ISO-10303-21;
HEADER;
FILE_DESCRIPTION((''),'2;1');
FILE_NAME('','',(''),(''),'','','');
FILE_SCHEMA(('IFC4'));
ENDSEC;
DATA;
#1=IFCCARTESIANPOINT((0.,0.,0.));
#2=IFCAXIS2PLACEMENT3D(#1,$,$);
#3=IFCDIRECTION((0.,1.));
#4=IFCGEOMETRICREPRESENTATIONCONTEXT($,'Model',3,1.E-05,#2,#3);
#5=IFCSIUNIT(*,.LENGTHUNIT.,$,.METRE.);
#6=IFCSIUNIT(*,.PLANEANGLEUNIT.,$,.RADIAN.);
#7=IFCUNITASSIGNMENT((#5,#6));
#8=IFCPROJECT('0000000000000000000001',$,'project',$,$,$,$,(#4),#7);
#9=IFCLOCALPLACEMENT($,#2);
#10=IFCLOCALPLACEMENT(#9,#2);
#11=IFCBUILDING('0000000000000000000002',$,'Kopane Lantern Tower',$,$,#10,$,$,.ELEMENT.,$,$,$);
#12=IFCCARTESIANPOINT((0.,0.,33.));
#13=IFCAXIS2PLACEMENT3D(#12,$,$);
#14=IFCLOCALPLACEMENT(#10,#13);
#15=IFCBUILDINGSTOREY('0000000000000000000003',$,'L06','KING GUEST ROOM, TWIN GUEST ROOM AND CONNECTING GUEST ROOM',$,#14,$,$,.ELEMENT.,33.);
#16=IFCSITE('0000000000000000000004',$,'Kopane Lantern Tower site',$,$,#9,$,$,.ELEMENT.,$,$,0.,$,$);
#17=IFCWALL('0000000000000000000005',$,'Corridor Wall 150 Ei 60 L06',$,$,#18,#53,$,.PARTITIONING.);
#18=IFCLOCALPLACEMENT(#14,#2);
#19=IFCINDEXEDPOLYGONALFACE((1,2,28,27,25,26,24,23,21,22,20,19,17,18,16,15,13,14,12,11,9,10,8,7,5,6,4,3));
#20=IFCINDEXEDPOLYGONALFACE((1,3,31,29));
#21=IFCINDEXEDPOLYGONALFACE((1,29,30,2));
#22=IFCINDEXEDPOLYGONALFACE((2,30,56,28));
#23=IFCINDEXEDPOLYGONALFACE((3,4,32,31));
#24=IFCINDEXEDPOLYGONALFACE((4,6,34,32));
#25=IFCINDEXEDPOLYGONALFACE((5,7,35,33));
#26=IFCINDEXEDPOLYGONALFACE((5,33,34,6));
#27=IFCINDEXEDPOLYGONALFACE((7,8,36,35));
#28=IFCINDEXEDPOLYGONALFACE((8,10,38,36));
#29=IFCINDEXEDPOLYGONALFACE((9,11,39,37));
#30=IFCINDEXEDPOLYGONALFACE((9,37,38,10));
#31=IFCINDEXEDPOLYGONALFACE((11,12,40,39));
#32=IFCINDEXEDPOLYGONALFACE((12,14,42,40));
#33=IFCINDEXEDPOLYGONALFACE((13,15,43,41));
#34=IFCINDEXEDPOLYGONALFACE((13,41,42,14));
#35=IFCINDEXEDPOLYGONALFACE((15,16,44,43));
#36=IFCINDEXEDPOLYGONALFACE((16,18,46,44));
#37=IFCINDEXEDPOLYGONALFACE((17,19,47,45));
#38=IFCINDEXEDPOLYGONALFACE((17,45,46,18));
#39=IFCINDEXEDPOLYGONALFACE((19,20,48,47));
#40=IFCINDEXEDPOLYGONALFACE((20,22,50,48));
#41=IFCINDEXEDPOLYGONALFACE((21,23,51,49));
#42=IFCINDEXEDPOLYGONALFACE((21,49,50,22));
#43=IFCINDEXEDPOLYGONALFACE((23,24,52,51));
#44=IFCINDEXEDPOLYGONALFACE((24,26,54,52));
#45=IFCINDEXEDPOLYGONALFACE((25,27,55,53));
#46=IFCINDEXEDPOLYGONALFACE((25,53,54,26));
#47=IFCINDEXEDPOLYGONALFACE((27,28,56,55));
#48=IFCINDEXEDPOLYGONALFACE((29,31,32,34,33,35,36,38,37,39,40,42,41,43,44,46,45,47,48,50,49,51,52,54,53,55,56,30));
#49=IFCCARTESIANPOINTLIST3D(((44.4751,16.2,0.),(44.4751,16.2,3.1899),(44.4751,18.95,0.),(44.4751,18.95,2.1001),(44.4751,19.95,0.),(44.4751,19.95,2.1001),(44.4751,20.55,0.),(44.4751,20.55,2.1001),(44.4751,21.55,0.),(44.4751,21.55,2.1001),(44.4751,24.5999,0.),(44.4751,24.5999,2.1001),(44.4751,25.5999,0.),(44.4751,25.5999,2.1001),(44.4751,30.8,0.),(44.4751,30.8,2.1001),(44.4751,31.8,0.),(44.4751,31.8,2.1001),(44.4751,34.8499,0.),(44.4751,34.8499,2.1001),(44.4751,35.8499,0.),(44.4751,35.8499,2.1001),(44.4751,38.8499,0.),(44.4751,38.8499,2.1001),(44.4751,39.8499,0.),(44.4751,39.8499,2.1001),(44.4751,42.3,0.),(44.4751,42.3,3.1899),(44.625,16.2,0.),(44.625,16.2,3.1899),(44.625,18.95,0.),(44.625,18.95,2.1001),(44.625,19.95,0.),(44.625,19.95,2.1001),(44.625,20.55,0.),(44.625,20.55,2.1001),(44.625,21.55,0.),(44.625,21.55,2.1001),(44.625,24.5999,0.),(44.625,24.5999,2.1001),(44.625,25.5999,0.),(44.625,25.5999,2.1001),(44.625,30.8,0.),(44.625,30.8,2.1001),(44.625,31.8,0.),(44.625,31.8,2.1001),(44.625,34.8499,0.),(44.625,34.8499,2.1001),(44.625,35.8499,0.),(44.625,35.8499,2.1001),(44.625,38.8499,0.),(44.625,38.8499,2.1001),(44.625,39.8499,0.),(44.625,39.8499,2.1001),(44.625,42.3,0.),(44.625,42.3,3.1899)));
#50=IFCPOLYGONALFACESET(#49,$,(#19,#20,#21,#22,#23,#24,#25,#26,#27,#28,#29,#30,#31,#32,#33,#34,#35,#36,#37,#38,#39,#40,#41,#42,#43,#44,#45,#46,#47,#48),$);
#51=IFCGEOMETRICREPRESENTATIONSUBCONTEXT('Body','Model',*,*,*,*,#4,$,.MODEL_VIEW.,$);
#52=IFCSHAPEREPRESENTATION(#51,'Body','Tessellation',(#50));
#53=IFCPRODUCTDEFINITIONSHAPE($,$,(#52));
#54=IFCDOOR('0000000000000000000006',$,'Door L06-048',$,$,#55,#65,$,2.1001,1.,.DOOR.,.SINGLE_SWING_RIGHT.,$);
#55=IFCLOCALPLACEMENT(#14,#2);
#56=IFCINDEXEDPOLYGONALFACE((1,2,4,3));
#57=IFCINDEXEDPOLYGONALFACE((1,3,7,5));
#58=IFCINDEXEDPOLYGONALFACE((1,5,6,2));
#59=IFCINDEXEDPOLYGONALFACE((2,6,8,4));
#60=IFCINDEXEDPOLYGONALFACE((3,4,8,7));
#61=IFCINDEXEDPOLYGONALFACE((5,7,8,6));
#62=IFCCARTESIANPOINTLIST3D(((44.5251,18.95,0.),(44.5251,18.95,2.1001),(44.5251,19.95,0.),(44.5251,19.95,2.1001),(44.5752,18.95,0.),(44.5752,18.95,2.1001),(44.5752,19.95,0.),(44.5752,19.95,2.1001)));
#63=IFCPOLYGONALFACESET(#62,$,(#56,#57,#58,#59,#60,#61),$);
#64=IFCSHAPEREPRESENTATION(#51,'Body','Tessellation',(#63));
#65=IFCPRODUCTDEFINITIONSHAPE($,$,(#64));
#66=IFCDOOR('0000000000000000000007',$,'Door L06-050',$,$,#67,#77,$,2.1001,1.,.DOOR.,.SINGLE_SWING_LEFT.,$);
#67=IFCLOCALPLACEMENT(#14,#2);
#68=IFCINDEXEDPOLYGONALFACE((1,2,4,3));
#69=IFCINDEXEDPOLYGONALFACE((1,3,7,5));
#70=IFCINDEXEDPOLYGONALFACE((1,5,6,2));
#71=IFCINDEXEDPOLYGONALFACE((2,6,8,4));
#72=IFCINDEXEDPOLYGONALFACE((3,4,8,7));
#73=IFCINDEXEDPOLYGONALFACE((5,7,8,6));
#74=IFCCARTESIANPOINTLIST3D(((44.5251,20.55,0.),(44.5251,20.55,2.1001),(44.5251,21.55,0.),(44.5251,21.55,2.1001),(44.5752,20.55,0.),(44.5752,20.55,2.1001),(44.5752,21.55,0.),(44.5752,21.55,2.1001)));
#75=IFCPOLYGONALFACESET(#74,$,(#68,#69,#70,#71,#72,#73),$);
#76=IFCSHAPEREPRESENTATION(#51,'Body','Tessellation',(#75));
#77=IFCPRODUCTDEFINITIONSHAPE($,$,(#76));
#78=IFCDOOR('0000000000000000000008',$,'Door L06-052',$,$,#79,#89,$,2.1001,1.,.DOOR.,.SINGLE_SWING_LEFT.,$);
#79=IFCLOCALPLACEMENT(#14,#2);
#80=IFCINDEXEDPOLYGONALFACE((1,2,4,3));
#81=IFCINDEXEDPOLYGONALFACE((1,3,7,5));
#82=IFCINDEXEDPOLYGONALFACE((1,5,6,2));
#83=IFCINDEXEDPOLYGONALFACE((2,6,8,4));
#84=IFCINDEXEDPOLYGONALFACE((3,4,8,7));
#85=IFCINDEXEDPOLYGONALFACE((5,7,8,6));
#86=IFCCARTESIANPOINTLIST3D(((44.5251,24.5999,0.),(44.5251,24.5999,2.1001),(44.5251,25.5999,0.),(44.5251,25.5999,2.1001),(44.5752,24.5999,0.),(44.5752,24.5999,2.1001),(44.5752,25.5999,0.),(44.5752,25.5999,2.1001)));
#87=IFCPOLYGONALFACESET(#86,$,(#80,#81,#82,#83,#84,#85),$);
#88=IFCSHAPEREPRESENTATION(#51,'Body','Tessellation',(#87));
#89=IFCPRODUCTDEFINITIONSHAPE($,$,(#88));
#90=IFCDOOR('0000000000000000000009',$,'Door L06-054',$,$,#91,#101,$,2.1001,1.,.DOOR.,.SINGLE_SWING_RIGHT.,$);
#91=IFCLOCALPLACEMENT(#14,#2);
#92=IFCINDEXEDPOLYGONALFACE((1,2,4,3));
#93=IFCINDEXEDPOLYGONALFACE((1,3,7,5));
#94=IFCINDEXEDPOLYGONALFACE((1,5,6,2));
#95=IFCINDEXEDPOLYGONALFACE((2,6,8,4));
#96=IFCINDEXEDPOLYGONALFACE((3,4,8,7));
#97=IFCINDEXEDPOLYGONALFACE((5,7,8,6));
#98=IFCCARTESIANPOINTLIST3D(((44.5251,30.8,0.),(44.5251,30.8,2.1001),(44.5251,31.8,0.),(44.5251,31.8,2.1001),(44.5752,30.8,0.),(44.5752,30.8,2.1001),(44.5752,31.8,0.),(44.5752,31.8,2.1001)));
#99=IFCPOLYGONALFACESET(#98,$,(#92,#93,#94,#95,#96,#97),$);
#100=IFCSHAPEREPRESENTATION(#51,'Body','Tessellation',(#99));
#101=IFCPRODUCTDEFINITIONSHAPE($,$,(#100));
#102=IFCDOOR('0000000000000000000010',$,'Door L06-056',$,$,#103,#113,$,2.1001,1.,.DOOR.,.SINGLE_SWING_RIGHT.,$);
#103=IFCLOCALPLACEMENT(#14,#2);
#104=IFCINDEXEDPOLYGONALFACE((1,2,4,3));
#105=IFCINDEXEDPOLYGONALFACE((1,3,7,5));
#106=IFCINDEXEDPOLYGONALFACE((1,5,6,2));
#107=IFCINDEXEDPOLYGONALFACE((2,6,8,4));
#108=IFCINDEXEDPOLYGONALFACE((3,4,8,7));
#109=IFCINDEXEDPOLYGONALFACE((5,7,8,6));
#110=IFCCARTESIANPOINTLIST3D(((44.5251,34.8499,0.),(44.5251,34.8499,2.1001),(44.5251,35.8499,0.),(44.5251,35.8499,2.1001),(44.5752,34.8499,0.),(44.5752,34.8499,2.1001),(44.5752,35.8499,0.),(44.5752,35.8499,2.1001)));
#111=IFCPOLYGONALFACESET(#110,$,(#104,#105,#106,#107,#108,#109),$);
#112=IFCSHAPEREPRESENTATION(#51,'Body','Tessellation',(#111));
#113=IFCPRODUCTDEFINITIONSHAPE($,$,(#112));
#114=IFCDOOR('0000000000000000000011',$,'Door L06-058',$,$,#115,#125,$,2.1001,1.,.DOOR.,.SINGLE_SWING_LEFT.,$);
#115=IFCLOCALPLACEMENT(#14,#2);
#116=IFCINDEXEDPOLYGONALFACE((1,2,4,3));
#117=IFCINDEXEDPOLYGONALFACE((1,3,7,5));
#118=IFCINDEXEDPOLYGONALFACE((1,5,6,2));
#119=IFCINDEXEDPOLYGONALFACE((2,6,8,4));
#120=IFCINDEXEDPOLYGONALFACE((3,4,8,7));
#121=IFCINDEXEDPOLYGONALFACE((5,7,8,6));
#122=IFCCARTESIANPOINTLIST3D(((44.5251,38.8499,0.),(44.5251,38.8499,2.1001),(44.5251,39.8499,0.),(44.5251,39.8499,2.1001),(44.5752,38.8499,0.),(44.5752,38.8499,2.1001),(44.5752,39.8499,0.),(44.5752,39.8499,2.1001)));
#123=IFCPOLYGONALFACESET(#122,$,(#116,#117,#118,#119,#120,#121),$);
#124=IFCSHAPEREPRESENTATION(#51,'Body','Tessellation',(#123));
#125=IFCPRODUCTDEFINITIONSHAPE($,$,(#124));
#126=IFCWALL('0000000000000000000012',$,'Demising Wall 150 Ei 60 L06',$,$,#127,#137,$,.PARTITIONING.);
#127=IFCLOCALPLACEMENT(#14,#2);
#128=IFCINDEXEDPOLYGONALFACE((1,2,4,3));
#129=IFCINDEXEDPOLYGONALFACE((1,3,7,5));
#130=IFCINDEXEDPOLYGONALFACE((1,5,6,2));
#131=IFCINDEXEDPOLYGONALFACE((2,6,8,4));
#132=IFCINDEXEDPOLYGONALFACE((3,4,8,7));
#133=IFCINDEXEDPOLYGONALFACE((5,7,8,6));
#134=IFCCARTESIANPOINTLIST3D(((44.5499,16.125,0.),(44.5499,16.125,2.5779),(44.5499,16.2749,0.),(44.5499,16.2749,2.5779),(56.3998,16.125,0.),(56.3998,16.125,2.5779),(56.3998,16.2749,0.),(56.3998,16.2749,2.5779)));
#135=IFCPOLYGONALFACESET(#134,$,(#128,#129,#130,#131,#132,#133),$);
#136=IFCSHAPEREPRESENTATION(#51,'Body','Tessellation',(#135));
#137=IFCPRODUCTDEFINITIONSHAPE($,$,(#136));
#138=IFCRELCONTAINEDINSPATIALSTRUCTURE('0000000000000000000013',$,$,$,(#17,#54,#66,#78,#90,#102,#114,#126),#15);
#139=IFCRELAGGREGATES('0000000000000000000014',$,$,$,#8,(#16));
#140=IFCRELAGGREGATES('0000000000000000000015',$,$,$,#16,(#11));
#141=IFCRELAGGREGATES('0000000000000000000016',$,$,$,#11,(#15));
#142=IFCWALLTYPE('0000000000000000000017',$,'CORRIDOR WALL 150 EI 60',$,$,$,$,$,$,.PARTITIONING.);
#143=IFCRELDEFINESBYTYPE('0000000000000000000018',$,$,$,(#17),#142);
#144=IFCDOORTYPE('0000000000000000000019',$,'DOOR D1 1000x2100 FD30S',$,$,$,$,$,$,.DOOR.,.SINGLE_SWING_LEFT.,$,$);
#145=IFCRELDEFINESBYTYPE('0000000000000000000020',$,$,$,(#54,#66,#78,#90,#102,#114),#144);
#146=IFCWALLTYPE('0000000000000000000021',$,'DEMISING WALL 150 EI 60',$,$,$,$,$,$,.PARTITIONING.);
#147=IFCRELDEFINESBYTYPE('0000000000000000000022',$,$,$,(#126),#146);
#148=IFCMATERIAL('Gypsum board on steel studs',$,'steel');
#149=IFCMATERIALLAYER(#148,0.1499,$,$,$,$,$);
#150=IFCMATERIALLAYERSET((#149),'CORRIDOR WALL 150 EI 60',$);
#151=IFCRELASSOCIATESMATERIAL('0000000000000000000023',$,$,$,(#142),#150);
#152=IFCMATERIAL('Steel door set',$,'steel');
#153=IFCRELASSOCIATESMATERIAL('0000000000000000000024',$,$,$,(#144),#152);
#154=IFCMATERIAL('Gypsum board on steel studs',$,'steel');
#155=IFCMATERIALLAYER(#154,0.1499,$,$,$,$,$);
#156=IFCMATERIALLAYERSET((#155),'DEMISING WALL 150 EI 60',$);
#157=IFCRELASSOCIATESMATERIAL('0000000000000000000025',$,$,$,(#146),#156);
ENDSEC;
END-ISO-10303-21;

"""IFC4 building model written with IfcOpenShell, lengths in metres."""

from ifc_helpers import new_model, si_unit, direction, frame, frame_2d, origin, place, context, subcontext, project, spatial, rectangle, extrude, material, layer, layer_set, type_object, element, fill, save


model = new_model("IFC4")

# Units and contexts
model_context = context("Model", 3, precision=1e-05, world=origin(), true_north=direction((0.0, 1.0)))
body_context = subcontext(model_context, "Body", "Model", "MODEL_VIEW")
ifc_project = project(units=[si_unit("LENGTHUNIT", "METRE"), si_unit("PLANEANGLEUNIT", "RADIAN")], contexts=[model_context])

# Site, building, storey
site_placement = place(None, origin())
site = spatial("IfcSite", under=ifc_project, at=site_placement, Name="Kopane Lantern Tower site", CompositionType="ELEMENT", RefElevation=0.0)
building_placement = place(site_placement, origin())
building = spatial("IfcBuilding", under=site, at=building_placement, Name="Kopane Lantern Tower", CompositionType="ELEMENT")
storey_placement = place(building_placement, frame((0.0, 0.0, 33.0)))
storey = spatial("IfcBuildingStorey", under=building, at=storey_placement, Name="L06", Description="KING GUEST ROOM, TWIN GUEST ROOM AND CONNECTING GUEST ROOM", CompositionType="ELEMENT", Elevation=33.0)

# Wall, openings, doors
ifc_material_1 = material(Name="Gypsum board on steel studs", Category="steel")
ifc_layer_1 = layer(ifc_material_1, 0.1499)
ifc_layer_set_1 = layer_set([ifc_layer_1], Name="CORRIDOR WALL 150 EI 60")
wall_type_1 = type_object("IfcWallType", Name="CORRIDOR WALL 150 EI 60", PredefinedType="PARTITIONING", material=ifc_layer_set_1)
wall_1_placement = place(storey_placement, frame((44.55, 16.2, 0.0), z_axis=(0.0, 0.0, 1.0), x_axis=(0.0, 1.0, 0.0)))
wall_1 = element("IfcWall", 1, at=wall_1_placement, inside=storey, type_object=wall_type_1, Name="Corridor Wall 150 Ei 60 L06", PredefinedType="PARTITIONING", context=body_context, shape_type="SweptSolid", body=[
    extrude(rectangle(XDim=26.1001, YDim=0.1499, at=frame_2d((13.05, 0.0))), origin(), (0.0, 0.0, 1.0), 3.1899),
])
opening_1_placement = place(wall_1_placement, frame((2.75, 0.0, 0.0)))
opening_1 = element("IfcOpeningElement", 2, at=opening_1_placement, cuts=wall_1, PredefinedType="OPENING", context=body_context, shape_type="SweptSolid", body=[
    extrude(rectangle(XDim=1.0, YDim=2.1001, at=frame_2d((0.5, 1.05))), frame((0.0, 0.085, 0.0), z_axis=(0.0, -1.0, 0.0), x_axis=(1.0, 0.0, 0.0)), (0.0, 0.0, 1.0), 0.1699),
])
opening_2_placement = place(wall_1_placement, frame((4.3501, 0.0, 0.0)))
opening_2 = element("IfcOpeningElement", 3, at=opening_2_placement, cuts=wall_1, PredefinedType="OPENING", context=body_context, shape_type="SweptSolid", body=[
    extrude(rectangle(XDim=1.0, YDim=2.1001, at=frame_2d((0.5, 1.05))), frame((0.0, 0.085, 0.0), z_axis=(0.0, -1.0, 0.0), x_axis=(1.0, 0.0, 0.0)), (0.0, 0.0, 1.0), 0.1699),
])
opening_3_placement = place(wall_1_placement, frame((8.3999, 0.0, 0.0)))
opening_3 = element("IfcOpeningElement", 4, at=opening_3_placement, cuts=wall_1, PredefinedType="OPENING", context=body_context, shape_type="SweptSolid", body=[
    extrude(rectangle(XDim=1.0, YDim=2.1001, at=frame_2d((0.5, 1.05))), frame((0.0, 0.085, 0.0), z_axis=(0.0, -1.0, 0.0), x_axis=(1.0, 0.0, 0.0)), (0.0, 0.0, 1.0), 0.1699),
])
opening_4_placement = place(wall_1_placement, frame((14.6001, 0.0, 0.0)))
opening_4 = element("IfcOpeningElement", 5, at=opening_4_placement, cuts=wall_1, PredefinedType="OPENING", context=body_context, shape_type="SweptSolid", body=[
    extrude(rectangle(XDim=1.0, YDim=2.1001, at=frame_2d((0.5, 1.05))), frame((0.0, 0.085, 0.0), z_axis=(0.0, -1.0, 0.0), x_axis=(1.0, 0.0, 0.0)), (0.0, 0.0, 1.0), 0.1699),
])
opening_5_placement = place(wall_1_placement, frame((18.6499, 0.0, 0.0)))
opening_5 = element("IfcOpeningElement", 6, at=opening_5_placement, cuts=wall_1, PredefinedType="OPENING", context=body_context, shape_type="SweptSolid", body=[
    extrude(rectangle(XDim=1.0, YDim=2.1001, at=frame_2d((0.5, 1.05))), frame((0.0, 0.085, 0.0), z_axis=(0.0, -1.0, 0.0), x_axis=(1.0, 0.0, 0.0)), (0.0, 0.0, 1.0), 0.1699),
])
opening_6_placement = place(wall_1_placement, frame((22.6499, 0.0, 0.0)))
opening_6 = element("IfcOpeningElement", 7, at=opening_6_placement, cuts=wall_1, PredefinedType="OPENING", context=body_context, shape_type="SweptSolid", body=[
    extrude(rectangle(XDim=1.0, YDim=2.1001, at=frame_2d((0.5, 1.05))), frame((0.0, 0.085, 0.0), z_axis=(0.0, -1.0, 0.0), x_axis=(1.0, 0.0, 0.0)), (0.0, 0.0, 1.0), 0.1699),
])
ifc_material_2 = material(Name="Steel door set", Category="steel")
door_type_1 = type_object("IfcDoorType", Name="DOOR D1 1000x2100 FD30S", OperationType="SINGLE_SWING_LEFT", PredefinedType="DOOR", material=ifc_material_2)
door_1_placement = place(opening_1_placement, origin())
door_1 = element("IfcDoor", 8, at=door_1_placement, inside=storey, type_object=door_type_1, Name="Door L06-048", OperationType="SINGLE_SWING_RIGHT", OverallHeight=2.1001, OverallWidth=1.0, PredefinedType="DOOR", context=body_context, shape_type="SweptSolid", body=[
    extrude(rectangle(XDim=1.0, YDim=2.1001, at=frame_2d((0.5, 1.05))), frame((0.0, 0.0249, 0.0), z_axis=(0.0, -1.0, 0.0), x_axis=(1.0, 0.0, 0.0)), (0.0, 0.0, 1.0), 0.05),
])
fill(opening_1, door_1)
door_2_placement = place(opening_2_placement, origin())
door_2 = element("IfcDoor", 9, at=door_2_placement, inside=storey, type_object=door_type_1, Name="Door L06-050", OperationType="SINGLE_SWING_LEFT", OverallHeight=2.1001, OverallWidth=1.0, PredefinedType="DOOR", context=body_context, shape_type="SweptSolid", body=[
    extrude(rectangle(XDim=1.0, YDim=2.1001, at=frame_2d((0.5, 1.05))), frame((0.0, 0.0249, 0.0), z_axis=(0.0, -1.0, 0.0), x_axis=(1.0, 0.0, 0.0)), (0.0, 0.0, 1.0), 0.05),
])
fill(opening_2, door_2)
door_3_placement = place(opening_3_placement, origin())
door_3 = element("IfcDoor", 10, at=door_3_placement, inside=storey, type_object=door_type_1, Name="Door L06-052", OperationType="SINGLE_SWING_LEFT", OverallHeight=2.1001, OverallWidth=1.0, PredefinedType="DOOR", context=body_context, shape_type="SweptSolid", body=[
    extrude(rectangle(XDim=1.0, YDim=2.1001, at=frame_2d((0.5, 1.05))), frame((0.0, 0.0249, 0.0), z_axis=(0.0, -1.0, 0.0), x_axis=(1.0, 0.0, 0.0)), (0.0, 0.0, 1.0), 0.05),
])
fill(opening_3, door_3)
door_4_placement = place(opening_4_placement, origin())
door_4 = element("IfcDoor", 11, at=door_4_placement, inside=storey, type_object=door_type_1, Name="Door L06-054", OperationType="SINGLE_SWING_RIGHT", OverallHeight=2.1001, OverallWidth=1.0, PredefinedType="DOOR", context=body_context, shape_type="SweptSolid", body=[
    extrude(rectangle(XDim=1.0, YDim=2.1001, at=frame_2d((0.5, 1.05))), frame((0.0, 0.0249, 0.0), z_axis=(0.0, -1.0, 0.0), x_axis=(1.0, 0.0, 0.0)), (0.0, 0.0, 1.0), 0.05),
])
fill(opening_4, door_4)
door_5_placement = place(opening_5_placement, origin())
door_5 = element("IfcDoor", 12, at=door_5_placement, inside=storey, type_object=door_type_1, Name="Door L06-056", OperationType="SINGLE_SWING_RIGHT", OverallHeight=2.1001, OverallWidth=1.0, PredefinedType="DOOR", context=body_context, shape_type="SweptSolid", body=[
    extrude(rectangle(XDim=1.0, YDim=2.1001, at=frame_2d((0.5, 1.05))), frame((0.0, 0.0249, 0.0), z_axis=(0.0, -1.0, 0.0), x_axis=(1.0, 0.0, 0.0)), (0.0, 0.0, 1.0), 0.05),
])
fill(opening_5, door_5)
door_6_placement = place(opening_6_placement, origin())
door_6 = element("IfcDoor", 13, at=door_6_placement, inside=storey, type_object=door_type_1, Name="Door L06-058", OperationType="SINGLE_SWING_LEFT", OverallHeight=2.1001, OverallWidth=1.0, PredefinedType="DOOR", context=body_context, shape_type="SweptSolid", body=[
    extrude(rectangle(XDim=1.0, YDim=2.1001, at=frame_2d((0.5, 1.05))), frame((0.0, 0.0249, 0.0), z_axis=(0.0, -1.0, 0.0), x_axis=(1.0, 0.0, 0.0)), (0.0, 0.0, 1.0), 0.05),
])
fill(opening_6, door_6)

# Wall
ifc_material_3 = material(Name="Gypsum board on steel studs", Category="steel")
ifc_layer_2 = layer(ifc_material_3, 0.1499)
ifc_layer_set_2 = layer_set([ifc_layer_2], Name="DEMISING WALL 150 EI 60")
wall_type_2 = type_object("IfcWallType", Name="DEMISING WALL 150 EI 60", PredefinedType="PARTITIONING", material=ifc_layer_set_2)
wall_2_placement = place(storey_placement, frame((44.55, 16.2, 0.0), z_axis=(0.0, 0.0, 1.0), x_axis=(1.0, 0.0, 0.0)))
element("IfcWall", 14, at=wall_2_placement, inside=storey, type_object=wall_type_2, Name="Demising Wall 150 Ei 60 L06", PredefinedType="PARTITIONING", context=body_context, shape_type="SweptSolid", body=[
    extrude(rectangle(XDim=11.8499, YDim=0.1499, at=frame_2d((5.9248, 0.0))), origin(), (0.0, 0.0, 1.0), 2.5779),
])

save(model, "model.ifc")
